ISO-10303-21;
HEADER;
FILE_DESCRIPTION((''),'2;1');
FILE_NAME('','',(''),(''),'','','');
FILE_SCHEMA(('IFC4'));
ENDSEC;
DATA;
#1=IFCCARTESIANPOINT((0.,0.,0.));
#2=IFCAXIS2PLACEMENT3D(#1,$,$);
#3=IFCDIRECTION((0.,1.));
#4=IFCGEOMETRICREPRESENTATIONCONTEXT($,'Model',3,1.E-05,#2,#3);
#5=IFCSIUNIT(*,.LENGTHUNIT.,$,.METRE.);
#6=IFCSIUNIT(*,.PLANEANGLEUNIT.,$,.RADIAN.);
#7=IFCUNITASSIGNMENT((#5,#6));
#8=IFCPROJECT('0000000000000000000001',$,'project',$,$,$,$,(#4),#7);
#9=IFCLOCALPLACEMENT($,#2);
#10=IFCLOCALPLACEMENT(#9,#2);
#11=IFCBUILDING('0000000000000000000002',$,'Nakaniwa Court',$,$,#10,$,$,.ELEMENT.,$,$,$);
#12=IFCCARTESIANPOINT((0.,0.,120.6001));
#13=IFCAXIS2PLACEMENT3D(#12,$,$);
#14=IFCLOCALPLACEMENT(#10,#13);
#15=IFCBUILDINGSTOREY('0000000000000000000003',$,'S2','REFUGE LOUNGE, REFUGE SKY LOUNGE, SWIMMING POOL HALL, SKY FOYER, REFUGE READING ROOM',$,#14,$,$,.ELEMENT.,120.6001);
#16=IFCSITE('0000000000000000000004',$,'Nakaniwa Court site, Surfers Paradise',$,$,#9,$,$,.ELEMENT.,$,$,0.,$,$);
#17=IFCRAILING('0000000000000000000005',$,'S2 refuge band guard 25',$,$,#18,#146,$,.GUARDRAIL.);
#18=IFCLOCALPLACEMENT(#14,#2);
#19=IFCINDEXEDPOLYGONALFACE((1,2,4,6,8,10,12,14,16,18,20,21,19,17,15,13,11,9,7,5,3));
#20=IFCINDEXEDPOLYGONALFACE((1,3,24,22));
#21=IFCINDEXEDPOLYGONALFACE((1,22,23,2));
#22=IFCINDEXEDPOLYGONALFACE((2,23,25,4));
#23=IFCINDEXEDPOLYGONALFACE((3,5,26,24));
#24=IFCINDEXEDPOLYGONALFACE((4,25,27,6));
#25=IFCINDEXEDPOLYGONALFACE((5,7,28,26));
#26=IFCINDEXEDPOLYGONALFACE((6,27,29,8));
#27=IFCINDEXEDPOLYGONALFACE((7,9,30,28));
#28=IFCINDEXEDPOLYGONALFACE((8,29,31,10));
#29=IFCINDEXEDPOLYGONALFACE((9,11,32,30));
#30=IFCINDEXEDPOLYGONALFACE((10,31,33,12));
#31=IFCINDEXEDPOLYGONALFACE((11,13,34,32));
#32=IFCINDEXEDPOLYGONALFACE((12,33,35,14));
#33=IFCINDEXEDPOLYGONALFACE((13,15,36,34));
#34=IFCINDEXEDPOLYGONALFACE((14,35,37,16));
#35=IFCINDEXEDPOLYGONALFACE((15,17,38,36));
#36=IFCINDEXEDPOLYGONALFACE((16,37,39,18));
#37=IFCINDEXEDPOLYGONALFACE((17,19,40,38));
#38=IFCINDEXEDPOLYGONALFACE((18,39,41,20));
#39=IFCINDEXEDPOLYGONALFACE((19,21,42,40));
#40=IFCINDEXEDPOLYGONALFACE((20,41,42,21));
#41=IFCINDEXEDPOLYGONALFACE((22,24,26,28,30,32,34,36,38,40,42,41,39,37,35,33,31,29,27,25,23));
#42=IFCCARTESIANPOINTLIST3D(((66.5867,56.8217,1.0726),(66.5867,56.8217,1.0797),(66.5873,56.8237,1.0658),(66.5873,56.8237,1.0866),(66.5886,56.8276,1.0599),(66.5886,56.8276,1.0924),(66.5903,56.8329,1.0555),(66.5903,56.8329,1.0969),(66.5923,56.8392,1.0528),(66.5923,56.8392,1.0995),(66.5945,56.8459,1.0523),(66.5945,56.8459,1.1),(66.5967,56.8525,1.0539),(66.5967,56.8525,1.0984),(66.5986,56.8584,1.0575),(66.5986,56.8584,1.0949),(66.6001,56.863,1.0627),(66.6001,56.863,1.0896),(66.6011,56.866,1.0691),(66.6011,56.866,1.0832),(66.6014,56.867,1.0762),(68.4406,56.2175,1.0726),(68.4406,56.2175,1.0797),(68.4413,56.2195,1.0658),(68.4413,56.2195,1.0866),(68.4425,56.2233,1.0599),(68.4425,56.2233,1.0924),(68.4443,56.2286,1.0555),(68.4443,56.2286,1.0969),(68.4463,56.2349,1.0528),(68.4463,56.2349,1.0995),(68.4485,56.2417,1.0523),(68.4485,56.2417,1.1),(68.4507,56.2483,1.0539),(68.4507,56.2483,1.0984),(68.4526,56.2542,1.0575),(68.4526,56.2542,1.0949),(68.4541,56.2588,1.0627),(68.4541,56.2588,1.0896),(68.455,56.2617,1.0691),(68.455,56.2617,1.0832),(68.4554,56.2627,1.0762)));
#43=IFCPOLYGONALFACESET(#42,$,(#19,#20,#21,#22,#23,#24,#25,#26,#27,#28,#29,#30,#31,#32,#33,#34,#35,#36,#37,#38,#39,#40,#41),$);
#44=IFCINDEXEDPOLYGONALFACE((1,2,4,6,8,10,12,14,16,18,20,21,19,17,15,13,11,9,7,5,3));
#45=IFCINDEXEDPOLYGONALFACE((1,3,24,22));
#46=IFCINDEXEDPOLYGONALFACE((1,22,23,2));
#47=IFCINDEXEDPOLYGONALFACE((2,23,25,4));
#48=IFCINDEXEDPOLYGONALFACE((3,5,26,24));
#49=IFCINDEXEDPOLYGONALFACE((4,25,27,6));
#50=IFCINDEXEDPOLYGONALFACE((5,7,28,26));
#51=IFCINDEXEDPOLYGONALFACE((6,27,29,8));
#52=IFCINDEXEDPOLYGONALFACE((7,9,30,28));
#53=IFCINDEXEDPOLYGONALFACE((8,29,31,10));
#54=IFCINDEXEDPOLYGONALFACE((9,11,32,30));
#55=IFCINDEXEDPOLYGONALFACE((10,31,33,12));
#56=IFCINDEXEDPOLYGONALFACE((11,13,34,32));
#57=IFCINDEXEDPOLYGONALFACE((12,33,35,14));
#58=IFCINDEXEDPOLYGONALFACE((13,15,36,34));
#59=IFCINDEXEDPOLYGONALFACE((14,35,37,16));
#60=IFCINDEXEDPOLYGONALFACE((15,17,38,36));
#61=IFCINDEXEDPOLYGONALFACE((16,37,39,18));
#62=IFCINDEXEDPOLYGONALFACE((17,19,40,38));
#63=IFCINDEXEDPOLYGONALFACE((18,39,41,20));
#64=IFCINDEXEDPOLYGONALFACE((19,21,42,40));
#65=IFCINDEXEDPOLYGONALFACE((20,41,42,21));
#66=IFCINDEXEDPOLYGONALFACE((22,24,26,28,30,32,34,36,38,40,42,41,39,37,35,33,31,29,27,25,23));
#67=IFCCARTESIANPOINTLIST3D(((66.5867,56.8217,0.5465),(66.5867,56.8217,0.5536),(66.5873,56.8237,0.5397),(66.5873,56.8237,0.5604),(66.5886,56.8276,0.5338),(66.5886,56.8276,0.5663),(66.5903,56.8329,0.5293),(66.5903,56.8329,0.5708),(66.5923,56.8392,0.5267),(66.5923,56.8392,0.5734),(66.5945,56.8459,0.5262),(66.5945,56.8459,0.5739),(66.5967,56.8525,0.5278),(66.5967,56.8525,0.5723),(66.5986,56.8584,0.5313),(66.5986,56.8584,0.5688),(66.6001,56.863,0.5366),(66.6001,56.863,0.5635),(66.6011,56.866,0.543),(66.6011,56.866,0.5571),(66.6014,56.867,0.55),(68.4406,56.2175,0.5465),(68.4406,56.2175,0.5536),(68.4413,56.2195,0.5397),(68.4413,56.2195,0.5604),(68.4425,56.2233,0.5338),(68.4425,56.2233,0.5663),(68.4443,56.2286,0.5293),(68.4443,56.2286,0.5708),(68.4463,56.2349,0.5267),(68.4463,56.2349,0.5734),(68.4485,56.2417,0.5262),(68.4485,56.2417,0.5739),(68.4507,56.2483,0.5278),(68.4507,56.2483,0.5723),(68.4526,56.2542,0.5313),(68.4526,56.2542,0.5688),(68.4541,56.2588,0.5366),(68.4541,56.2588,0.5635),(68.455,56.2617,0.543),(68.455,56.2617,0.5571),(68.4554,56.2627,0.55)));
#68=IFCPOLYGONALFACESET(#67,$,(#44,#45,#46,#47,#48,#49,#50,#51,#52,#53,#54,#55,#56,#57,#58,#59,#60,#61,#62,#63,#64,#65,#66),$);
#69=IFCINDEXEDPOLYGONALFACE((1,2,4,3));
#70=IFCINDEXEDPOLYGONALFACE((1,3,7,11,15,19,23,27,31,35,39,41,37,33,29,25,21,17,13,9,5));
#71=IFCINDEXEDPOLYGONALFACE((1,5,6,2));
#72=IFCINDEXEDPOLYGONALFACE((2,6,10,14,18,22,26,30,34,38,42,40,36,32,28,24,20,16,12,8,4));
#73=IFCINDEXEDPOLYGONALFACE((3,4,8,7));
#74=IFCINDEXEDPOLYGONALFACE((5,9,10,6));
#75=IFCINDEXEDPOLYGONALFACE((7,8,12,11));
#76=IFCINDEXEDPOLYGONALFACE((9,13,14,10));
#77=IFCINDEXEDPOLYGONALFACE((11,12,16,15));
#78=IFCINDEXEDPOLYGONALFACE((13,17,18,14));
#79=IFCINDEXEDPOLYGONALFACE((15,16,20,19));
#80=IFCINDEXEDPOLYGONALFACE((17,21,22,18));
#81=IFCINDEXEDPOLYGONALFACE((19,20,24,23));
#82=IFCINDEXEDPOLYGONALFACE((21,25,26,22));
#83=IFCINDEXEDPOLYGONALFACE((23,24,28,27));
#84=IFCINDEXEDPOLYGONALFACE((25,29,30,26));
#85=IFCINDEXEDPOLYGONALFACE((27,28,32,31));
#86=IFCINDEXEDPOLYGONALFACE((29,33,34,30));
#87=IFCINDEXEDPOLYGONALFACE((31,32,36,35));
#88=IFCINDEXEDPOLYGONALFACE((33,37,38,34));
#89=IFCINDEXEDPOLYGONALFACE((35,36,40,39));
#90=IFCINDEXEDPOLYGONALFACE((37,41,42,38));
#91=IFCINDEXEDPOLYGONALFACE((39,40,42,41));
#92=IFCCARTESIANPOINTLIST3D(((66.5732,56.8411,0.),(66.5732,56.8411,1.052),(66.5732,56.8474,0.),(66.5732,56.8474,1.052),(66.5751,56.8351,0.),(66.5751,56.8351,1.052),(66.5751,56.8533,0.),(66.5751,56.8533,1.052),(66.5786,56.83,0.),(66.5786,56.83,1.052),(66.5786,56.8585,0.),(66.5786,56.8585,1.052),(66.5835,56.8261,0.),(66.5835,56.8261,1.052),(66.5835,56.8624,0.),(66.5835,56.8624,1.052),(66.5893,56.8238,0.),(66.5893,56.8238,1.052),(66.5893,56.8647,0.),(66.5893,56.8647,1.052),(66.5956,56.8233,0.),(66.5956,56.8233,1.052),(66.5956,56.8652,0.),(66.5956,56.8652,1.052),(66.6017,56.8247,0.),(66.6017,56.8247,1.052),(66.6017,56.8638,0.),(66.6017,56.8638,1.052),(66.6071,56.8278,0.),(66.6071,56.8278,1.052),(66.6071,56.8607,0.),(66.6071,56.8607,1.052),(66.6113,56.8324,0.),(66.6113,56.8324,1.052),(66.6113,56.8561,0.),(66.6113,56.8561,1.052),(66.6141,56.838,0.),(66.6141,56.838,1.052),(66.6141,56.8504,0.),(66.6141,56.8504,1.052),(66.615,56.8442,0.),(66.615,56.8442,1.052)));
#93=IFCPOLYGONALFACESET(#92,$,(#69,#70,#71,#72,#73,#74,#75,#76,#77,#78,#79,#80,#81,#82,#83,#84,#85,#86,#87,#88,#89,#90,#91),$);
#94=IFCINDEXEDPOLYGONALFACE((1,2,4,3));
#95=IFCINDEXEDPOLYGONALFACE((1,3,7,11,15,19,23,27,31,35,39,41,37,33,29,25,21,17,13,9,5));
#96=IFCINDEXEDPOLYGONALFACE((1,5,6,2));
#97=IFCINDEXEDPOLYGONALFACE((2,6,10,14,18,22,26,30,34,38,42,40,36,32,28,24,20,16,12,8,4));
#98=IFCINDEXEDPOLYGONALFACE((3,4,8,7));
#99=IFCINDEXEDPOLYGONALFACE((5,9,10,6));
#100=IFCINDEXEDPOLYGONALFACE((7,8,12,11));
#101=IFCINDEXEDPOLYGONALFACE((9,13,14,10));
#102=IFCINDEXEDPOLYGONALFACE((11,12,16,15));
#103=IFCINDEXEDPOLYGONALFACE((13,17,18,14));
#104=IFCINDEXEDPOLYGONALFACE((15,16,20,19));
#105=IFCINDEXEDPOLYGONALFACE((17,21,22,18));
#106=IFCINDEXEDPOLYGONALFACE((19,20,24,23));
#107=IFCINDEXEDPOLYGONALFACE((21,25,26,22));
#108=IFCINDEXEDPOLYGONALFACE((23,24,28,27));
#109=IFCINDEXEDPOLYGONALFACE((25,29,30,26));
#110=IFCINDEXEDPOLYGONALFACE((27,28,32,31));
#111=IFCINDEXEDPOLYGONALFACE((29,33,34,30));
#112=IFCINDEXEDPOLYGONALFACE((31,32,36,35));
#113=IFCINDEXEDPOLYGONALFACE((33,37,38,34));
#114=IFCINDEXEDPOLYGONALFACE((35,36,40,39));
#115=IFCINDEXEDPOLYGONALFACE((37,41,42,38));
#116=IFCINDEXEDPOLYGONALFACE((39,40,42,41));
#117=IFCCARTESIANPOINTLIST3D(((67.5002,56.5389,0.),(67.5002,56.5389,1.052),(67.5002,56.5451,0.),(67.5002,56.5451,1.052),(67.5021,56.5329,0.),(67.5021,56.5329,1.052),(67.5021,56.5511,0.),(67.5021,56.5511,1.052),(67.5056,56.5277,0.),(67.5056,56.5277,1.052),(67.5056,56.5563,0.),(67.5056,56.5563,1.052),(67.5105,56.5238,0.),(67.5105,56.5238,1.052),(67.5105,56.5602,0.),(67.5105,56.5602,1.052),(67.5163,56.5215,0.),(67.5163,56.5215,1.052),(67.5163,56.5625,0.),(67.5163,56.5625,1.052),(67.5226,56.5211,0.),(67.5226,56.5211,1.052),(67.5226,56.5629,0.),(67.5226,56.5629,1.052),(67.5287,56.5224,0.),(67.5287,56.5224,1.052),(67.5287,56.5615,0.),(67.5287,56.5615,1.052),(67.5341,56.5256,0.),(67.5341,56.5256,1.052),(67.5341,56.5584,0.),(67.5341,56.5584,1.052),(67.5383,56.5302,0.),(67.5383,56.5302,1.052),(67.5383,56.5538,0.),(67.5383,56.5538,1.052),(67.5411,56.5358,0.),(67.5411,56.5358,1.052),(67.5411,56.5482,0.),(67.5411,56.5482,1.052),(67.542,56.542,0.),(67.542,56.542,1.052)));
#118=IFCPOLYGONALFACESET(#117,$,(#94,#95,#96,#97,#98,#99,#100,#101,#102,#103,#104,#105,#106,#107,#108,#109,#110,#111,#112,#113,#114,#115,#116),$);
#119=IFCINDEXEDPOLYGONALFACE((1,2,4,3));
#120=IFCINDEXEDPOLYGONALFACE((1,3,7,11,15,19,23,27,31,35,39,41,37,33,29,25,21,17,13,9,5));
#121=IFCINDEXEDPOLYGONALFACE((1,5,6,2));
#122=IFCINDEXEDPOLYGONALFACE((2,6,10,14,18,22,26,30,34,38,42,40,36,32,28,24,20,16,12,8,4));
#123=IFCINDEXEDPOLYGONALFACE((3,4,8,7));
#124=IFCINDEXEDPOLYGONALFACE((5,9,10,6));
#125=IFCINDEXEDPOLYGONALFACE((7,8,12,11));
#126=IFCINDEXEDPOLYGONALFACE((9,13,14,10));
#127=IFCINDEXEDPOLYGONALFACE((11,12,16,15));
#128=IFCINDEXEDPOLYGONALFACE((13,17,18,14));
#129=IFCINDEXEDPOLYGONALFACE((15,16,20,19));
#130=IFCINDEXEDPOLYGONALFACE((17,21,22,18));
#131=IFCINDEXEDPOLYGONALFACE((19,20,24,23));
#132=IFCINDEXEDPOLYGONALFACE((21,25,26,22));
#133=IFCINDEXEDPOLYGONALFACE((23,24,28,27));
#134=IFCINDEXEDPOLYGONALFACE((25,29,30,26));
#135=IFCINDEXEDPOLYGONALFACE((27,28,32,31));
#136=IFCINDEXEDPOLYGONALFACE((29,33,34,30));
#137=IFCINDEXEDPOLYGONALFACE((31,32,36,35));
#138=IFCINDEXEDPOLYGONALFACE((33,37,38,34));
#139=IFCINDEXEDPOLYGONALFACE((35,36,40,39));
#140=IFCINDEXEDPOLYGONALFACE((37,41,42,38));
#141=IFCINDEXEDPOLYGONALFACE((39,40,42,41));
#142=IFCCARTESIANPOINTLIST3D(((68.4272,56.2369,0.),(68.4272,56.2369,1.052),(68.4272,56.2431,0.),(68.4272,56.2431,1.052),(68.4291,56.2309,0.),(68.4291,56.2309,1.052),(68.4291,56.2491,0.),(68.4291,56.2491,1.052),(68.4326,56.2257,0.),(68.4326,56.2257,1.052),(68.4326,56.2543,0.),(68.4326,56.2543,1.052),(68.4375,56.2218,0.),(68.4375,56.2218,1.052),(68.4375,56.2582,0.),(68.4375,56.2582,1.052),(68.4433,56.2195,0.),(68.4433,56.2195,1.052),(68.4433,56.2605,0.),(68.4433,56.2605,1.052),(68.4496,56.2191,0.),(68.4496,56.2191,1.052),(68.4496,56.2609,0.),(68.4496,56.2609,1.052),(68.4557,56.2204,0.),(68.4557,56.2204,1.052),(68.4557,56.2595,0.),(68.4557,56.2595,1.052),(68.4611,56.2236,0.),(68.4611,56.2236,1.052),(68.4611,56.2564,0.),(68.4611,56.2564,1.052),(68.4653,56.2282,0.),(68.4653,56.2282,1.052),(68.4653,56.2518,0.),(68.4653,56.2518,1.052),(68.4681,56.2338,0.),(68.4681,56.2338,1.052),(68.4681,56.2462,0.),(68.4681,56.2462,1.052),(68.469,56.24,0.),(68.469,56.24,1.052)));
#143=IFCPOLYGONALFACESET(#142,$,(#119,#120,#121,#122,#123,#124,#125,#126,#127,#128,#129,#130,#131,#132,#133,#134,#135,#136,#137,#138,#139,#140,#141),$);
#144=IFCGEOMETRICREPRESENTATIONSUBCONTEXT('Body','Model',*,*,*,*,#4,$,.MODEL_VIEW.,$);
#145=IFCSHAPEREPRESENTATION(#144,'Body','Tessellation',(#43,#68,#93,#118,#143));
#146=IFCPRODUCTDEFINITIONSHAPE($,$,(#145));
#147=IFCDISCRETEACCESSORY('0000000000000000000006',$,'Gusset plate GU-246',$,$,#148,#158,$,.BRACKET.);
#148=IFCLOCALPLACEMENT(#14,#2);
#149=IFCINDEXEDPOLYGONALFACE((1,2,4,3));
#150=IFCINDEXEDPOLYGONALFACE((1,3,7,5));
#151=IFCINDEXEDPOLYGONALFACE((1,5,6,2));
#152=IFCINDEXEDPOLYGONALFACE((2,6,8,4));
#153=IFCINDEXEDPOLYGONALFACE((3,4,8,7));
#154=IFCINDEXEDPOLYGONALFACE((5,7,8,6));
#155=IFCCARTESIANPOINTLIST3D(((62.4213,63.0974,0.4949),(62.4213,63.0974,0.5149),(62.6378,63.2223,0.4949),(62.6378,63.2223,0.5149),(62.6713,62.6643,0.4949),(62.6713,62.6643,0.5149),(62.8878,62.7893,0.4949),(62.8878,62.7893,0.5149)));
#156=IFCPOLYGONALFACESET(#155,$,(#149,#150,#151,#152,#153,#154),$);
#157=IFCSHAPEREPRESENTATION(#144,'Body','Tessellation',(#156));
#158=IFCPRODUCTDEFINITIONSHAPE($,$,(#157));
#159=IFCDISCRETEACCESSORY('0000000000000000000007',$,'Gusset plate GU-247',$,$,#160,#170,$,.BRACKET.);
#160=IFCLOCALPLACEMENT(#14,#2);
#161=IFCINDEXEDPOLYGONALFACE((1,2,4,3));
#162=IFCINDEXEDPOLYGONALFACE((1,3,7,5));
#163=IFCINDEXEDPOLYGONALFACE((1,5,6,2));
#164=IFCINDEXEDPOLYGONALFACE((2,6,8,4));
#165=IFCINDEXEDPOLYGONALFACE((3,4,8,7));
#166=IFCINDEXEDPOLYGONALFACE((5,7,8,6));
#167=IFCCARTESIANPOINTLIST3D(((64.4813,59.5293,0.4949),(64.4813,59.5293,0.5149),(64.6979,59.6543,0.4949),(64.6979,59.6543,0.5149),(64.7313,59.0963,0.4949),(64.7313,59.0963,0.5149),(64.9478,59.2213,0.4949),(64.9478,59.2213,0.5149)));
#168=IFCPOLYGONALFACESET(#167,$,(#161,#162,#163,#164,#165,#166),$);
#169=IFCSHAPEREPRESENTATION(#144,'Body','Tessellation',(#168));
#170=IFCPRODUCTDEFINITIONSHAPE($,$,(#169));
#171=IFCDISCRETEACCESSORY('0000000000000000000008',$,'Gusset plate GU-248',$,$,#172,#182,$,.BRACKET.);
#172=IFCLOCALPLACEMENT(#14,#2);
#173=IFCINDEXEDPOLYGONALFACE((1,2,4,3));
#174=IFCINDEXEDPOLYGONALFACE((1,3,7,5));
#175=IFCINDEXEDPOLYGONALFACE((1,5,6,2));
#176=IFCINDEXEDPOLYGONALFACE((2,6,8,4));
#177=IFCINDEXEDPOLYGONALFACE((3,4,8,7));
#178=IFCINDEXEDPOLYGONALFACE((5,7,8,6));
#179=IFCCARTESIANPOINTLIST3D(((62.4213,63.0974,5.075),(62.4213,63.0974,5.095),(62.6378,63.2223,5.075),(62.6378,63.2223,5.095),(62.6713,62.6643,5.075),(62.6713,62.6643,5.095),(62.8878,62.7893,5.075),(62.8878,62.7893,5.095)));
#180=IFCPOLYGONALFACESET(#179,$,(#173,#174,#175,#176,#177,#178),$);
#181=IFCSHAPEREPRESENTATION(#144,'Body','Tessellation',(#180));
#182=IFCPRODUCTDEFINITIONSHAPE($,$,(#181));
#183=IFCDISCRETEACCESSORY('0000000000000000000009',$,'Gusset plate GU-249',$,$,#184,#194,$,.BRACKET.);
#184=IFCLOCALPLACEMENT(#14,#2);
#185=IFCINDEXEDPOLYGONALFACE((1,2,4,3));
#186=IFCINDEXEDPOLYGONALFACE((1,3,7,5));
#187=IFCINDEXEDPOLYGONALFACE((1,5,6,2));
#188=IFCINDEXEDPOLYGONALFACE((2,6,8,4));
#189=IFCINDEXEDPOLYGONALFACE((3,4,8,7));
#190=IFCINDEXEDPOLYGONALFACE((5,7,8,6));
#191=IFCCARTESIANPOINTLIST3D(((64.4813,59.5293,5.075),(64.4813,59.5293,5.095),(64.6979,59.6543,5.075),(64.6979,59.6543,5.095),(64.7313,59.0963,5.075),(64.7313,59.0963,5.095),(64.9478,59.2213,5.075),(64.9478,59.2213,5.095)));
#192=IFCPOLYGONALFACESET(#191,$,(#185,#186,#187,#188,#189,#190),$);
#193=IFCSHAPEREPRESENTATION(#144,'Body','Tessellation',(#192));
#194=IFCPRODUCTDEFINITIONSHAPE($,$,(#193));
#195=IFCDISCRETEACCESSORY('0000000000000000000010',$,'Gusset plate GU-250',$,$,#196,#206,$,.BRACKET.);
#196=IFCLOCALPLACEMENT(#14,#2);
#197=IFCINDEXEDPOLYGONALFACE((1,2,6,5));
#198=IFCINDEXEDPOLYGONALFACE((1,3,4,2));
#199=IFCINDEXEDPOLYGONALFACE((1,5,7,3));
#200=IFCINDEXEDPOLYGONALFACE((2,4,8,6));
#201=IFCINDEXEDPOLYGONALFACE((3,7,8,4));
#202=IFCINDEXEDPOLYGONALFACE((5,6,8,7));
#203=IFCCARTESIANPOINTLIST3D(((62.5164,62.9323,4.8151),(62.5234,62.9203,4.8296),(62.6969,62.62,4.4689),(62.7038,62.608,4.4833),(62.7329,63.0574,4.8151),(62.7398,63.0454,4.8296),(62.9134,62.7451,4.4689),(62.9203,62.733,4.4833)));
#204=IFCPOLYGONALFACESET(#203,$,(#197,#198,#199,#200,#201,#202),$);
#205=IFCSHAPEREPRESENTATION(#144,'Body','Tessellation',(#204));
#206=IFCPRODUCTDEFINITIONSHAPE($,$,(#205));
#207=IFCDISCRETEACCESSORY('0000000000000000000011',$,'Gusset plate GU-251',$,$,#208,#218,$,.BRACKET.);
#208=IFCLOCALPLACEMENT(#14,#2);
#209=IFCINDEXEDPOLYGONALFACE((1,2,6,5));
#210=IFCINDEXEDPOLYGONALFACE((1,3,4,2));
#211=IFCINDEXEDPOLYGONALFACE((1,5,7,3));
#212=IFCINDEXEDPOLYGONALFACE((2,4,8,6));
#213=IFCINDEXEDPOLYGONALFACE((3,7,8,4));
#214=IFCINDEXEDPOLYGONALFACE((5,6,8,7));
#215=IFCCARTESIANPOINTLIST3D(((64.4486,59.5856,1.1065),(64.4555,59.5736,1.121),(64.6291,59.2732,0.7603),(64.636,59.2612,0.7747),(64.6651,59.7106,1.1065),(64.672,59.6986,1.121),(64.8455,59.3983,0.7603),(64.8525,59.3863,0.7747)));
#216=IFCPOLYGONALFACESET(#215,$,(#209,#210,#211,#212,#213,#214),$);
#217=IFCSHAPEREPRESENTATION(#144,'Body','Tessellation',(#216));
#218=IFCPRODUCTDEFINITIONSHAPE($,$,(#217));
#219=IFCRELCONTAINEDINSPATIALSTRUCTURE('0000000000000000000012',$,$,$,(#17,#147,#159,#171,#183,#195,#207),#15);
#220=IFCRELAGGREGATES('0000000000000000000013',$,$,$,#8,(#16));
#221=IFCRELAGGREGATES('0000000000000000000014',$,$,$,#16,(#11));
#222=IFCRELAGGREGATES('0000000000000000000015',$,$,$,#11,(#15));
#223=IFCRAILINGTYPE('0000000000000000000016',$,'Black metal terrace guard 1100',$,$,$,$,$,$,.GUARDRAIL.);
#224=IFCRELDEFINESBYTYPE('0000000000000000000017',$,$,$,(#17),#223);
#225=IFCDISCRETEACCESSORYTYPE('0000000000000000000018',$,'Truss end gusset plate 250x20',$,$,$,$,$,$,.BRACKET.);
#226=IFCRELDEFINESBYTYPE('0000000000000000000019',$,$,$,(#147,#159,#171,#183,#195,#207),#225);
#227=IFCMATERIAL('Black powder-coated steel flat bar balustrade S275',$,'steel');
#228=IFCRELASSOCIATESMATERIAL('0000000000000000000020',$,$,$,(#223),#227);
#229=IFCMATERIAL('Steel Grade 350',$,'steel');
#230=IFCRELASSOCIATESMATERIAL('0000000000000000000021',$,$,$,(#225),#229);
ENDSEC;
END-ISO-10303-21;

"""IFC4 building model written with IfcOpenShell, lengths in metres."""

from ifc_helpers import new_model, si_unit, direction, frame, origin, origin_2d, place, context, subcontext, project, spatial, rectangle, circle, extrude, material, material_profile, profile_set, type_object, element, save


model = new_model("IFC4")

# Units and contexts
model_context = context("Model", 3, precision=1e-05, world=origin(), true_north=direction((0.0, 1.0)))
body_context = subcontext(model_context, "Body", "Model", "MODEL_VIEW")
ifc_project = project(units=[si_unit("LENGTHUNIT", "METRE"), si_unit("PLANEANGLEUNIT", "RADIAN")], contexts=[model_context])

# Site, building, storey
site_placement = place(None, origin())
site = spatial("IfcSite", under=ifc_project, at=site_placement, Name="Nakaniwa Court site, Surfers Paradise", CompositionType="ELEMENT", RefElevation=0.0)
building_placement = place(site_placement, origin())
building = spatial("IfcBuilding", under=site, at=building_placement, Name="Nakaniwa Court", CompositionType="ELEMENT")
storey_placement = place(building_placement, frame((0.0, 0.0, 120.6001)))
storey = spatial("IfcBuildingStorey", under=building, at=storey_placement, Name="S2", Description="REFUGE LOUNGE, REFUGE SKY LOUNGE, SWIMMING POOL HALL, SKY FOYER, REFUGE READING ROOM", CompositionType="ELEMENT", Elevation=120.6001)

# Shared definitions
ifc_material_1 = material(Name="Steel Grade 350", Category="steel")

# Railing
ifc_material_2 = material(Name="Black powder-coated steel flat bar balustrade S275", Category="steel")
railing_type = type_object("IfcRailingType", Name="Black metal terrace guard 1100", PredefinedType="GUARDRAIL", material=ifc_material_2)
railing_1_placement = place(storey_placement, frame((66.594, 56.8442, 0.0)))
element("IfcRailing", 1, at=railing_1_placement, inside=storey, type_object=railing_type, Name="S2 refuge band guard 25", PredefinedType="GUARDRAIL", context=body_context, shape_type="SweptSolid", body=[
    extrude(circle(Radius=0.0239, at=origin_2d()), frame((0.0, 0.0, 1.0762), z_axis=(0.950778, -0.309873, 0.0), x_axis=(0.309873, 0.950778, 0.0)), (0.0, 0.0, 1.0), 1.95),
    extrude(circle(Radius=0.0239, at=origin_2d()), frame((0.0, 0.0, 0.55), z_axis=(0.950778, -0.309873, 0.0), x_axis=(0.309873, 0.950778, 0.0)), (0.0, 0.0, 1.0), 1.95),
    extrude(circle(Radius=0.021, at=origin_2d()), origin(), (0.0, 0.0, 1.0), 1.052),
    extrude(circle(Radius=0.021, at=origin_2d()), frame((0.927, -0.3022, 0.0)), (0.0, 0.0, 1.0), 1.052),
    extrude(circle(Radius=0.021, at=origin_2d()), frame((1.854, -0.6042, 0.0)), (0.0, 0.0, 1.0), 1.052),
])

# Discrete accessories
ifc_material_profile_1 = material_profile(ifc_material_1, rectangle(XDim=0.25, YDim=0.02, at=origin_2d()), Name="Truss end gusset plate 250x20")
ifc_profile_set_1 = profile_set([ifc_material_profile_1], Name="Steel Grade 350")
discrete_accessory_type = type_object("IfcDiscreteAccessoryType", Name="Truss end gusset plate 250x20", PredefinedType="BRACKET", material=ifc_profile_set_1)
for number, where, z_axis, x_axis, name in (
    (2, (62.7795, 62.7268, 0.5049), (-0.49992, 0.866072, 0.0), (-0.866072, -0.49992, 0.0), "Gusset plate GU-246"),
    (3, (64.5896, 59.5918, 0.5049), (0.49992, -0.866072, 0.0), (0.866072, 0.49992, 0.0), "Gusset plate GU-247"),
    (4, (62.7795, 62.7268, 5.085), (-0.49992, 0.866072, 0.0), (-0.866072, -0.49992, 0.0), "Gusset plate GU-248"),
    (5, (64.5896, 59.5918, 5.085), (0.49992, -0.866072, 0.0), (0.866072, 0.49992, 0.0), "Gusset plate GU-249"),
    (6, (62.8086, 62.6765, 4.4761), (-0.360909, 0.624632, 0.692516), (-0.865859, -0.500289, 0.0), "Gusset plate GU-250"),
    (7, (64.5603, 59.6421, 1.1138), (0.360909, -0.624632, -0.692516), (0.865859, 0.500289, 0.0), "Gusset plate GU-251"),
):
    element("IfcDiscreteAccessory", number, at=place(storey_placement, frame(where, z_axis=z_axis, x_axis=x_axis)), inside=storey, type_object=discrete_accessory_type, Name=name, PredefinedType="BRACKET", context=body_context, shape_type="SweptSolid", body=[
        extrude(rectangle(XDim=0.25, YDim=0.02, at=origin_2d()), origin(), (0.0, 0.0, 1.0), 0.5),
    ])

save(model, "model.ifc")
